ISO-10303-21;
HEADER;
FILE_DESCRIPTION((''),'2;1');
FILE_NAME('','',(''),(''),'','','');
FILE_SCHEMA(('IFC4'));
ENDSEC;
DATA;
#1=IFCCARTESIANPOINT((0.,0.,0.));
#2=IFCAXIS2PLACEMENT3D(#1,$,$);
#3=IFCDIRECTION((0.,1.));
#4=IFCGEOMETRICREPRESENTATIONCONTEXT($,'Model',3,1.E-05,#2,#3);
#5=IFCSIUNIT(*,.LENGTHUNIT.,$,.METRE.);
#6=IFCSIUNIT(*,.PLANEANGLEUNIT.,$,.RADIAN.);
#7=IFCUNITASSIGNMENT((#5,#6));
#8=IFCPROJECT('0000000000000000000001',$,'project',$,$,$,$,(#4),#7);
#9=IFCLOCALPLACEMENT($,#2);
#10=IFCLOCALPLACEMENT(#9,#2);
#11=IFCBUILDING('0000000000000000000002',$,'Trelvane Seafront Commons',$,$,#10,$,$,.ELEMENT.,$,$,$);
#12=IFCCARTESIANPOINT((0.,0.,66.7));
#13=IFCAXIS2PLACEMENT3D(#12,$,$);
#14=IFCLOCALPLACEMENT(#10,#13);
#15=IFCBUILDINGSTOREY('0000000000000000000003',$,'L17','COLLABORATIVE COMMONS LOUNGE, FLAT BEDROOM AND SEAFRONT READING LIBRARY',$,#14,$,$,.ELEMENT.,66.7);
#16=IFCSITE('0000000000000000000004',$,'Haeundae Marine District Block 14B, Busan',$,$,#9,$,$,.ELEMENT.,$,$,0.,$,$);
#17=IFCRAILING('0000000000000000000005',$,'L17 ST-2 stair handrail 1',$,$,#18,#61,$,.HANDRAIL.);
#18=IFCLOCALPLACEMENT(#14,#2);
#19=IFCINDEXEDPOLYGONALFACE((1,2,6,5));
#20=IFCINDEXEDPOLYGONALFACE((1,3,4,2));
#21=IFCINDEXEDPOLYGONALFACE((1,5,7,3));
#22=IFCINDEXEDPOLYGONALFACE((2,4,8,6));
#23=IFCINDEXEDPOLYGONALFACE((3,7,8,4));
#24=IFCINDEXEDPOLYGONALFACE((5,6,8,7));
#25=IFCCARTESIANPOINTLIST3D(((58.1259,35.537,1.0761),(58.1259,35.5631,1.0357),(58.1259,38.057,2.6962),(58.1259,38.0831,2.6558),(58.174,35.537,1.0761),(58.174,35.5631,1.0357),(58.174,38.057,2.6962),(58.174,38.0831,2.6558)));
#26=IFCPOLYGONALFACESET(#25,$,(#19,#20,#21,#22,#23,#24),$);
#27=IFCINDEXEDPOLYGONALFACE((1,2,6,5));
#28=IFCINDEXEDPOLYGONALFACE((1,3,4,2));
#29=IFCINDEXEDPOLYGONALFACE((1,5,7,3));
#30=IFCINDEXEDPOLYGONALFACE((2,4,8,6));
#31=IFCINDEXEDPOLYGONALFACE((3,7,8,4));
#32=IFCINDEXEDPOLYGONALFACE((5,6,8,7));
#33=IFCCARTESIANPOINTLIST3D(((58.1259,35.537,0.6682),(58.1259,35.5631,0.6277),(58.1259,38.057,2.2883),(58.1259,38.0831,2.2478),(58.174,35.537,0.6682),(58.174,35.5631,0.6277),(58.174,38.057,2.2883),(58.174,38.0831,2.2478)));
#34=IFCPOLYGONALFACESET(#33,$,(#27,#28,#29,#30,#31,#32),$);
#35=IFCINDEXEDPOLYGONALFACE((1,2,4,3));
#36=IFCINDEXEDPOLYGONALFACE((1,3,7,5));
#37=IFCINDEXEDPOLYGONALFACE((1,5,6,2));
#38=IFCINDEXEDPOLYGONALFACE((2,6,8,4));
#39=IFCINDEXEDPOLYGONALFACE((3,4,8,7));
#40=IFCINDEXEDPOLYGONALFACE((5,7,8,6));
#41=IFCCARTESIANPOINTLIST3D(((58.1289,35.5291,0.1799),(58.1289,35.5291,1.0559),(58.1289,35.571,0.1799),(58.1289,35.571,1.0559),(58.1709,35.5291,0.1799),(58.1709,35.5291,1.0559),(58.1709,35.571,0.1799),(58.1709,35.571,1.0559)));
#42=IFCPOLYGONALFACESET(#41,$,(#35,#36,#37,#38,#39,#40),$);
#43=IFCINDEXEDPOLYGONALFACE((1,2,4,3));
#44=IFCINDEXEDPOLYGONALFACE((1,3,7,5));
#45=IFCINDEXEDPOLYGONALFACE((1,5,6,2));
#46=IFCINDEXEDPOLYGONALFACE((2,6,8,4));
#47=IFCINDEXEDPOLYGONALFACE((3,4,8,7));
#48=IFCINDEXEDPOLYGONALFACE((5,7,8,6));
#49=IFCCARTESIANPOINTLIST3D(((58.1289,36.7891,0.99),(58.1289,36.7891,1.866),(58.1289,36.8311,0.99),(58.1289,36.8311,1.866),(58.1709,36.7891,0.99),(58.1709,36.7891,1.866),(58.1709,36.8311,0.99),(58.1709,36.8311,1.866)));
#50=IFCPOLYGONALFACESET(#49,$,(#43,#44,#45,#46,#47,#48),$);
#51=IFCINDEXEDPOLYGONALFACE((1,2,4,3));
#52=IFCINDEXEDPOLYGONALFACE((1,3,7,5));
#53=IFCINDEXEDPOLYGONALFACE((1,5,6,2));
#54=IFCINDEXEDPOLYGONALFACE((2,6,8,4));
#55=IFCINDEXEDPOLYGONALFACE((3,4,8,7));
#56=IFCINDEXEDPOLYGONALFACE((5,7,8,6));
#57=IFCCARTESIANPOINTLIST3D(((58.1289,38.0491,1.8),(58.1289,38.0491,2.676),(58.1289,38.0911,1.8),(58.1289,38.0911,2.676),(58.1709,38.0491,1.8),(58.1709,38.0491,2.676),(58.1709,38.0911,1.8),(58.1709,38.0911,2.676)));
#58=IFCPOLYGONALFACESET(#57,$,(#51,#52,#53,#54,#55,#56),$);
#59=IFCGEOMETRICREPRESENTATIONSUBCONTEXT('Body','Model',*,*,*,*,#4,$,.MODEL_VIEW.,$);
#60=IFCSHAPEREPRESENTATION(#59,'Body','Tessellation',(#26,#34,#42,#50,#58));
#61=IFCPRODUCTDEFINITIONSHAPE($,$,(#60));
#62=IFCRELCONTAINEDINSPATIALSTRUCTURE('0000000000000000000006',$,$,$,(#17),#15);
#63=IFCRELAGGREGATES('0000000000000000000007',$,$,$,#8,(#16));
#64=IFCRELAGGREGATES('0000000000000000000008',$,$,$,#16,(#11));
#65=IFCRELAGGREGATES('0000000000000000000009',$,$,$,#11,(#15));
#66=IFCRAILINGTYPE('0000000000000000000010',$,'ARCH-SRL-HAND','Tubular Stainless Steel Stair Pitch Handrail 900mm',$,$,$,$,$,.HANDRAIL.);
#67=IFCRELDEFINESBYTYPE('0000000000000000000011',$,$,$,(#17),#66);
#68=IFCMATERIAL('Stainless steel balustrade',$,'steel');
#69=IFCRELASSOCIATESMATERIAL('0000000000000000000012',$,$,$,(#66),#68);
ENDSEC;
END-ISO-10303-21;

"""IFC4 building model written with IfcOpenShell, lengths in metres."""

from ifc_helpers import new_model, si_unit, direction, frame, origin, origin_2d, place, context, subcontext, project, spatial, rectangle, extrude, material, type_object, element, save


model = new_model("IFC4")

# Units and contexts
model_context = context("Model", 3, precision=1e-05, world=origin(), true_north=direction((0.0, 1.0)))
body_context = subcontext(model_context, "Body", "Model", "MODEL_VIEW")
ifc_project = project(units=[si_unit("LENGTHUNIT", "METRE"), si_unit("PLANEANGLEUNIT", "RADIAN")], contexts=[model_context])

# Site, building, storey
site_placement = place(None, origin())
site = spatial("IfcSite", under=ifc_project, at=site_placement, Name="Haeundae Marine District Block 14B, Busan", CompositionType="ELEMENT", RefElevation=0.0)
building_placement = place(site_placement, origin())
building = spatial("IfcBuilding", under=site, at=building_placement, Name="Trelvane Seafront Commons", CompositionType="ELEMENT")
storey_placement = place(building_placement, frame((0.0, 0.0, 66.7)))
storey = spatial("IfcBuildingStorey", under=building, at=storey_placement, Name="L17", Description="COLLABORATIVE COMMONS LOUNGE, FLAT BEDROOM AND SEAFRONT READING LIBRARY", CompositionType="ELEMENT", Elevation=66.7)

# Railing
ifc_material_1 = material(Name="Stainless steel balustrade", Category="steel")
railing_type_1 = type_object("IfcRailingType", Name="ARCH-SRL-HAND", Description="Tubular Stainless Steel Stair Pitch Handrail 900mm", PredefinedType="HANDRAIL", material=ifc_material_1)
railing_1_placement = place(storey_placement, frame((58.1499, 35.55, 0.1799)))
element("IfcRailing", 1, at=railing_1_placement, inside=storey, type_object=railing_type_1, Name="L17 ST-2 stair handrail 1", PredefinedType="HANDRAIL", context=body_context, shape_type="SweptSolid", body=[
    extrude(rectangle(XDim=0.0481, YDim=0.0481, at=origin_2d()), frame((0.0, 0.0, 0.876), z_axis=(0.0, 0.841163, 0.540782), x_axis=(-1.0, 0.0, 0.0)), (0.0, 0.0, 1.0), 2.9958),
    extrude(rectangle(XDim=0.0481, YDim=0.0481, at=origin_2d()), frame((0.0, 0.0, 0.468), z_axis=(0.0, 0.841163, 0.540782), x_axis=(-1.0, 0.0, 0.0)), (0.0, 0.0, 1.0), 2.9958),
    extrude(rectangle(XDim=0.042, YDim=0.042, at=origin_2d()), origin(), (0.0, 0.0, 1.0), 0.876),
    extrude(rectangle(XDim=0.042, YDim=0.042, at=origin_2d()), frame((0.0, 1.26, 0.8101)), (0.0, 0.0, 1.0), 0.876),
    extrude(rectangle(XDim=0.042, YDim=0.042, at=origin_2d()), frame((0.0, 2.52, 1.6201)), (0.0, 0.0, 1.0), 0.876),
])

save(model, "model.ifc")
